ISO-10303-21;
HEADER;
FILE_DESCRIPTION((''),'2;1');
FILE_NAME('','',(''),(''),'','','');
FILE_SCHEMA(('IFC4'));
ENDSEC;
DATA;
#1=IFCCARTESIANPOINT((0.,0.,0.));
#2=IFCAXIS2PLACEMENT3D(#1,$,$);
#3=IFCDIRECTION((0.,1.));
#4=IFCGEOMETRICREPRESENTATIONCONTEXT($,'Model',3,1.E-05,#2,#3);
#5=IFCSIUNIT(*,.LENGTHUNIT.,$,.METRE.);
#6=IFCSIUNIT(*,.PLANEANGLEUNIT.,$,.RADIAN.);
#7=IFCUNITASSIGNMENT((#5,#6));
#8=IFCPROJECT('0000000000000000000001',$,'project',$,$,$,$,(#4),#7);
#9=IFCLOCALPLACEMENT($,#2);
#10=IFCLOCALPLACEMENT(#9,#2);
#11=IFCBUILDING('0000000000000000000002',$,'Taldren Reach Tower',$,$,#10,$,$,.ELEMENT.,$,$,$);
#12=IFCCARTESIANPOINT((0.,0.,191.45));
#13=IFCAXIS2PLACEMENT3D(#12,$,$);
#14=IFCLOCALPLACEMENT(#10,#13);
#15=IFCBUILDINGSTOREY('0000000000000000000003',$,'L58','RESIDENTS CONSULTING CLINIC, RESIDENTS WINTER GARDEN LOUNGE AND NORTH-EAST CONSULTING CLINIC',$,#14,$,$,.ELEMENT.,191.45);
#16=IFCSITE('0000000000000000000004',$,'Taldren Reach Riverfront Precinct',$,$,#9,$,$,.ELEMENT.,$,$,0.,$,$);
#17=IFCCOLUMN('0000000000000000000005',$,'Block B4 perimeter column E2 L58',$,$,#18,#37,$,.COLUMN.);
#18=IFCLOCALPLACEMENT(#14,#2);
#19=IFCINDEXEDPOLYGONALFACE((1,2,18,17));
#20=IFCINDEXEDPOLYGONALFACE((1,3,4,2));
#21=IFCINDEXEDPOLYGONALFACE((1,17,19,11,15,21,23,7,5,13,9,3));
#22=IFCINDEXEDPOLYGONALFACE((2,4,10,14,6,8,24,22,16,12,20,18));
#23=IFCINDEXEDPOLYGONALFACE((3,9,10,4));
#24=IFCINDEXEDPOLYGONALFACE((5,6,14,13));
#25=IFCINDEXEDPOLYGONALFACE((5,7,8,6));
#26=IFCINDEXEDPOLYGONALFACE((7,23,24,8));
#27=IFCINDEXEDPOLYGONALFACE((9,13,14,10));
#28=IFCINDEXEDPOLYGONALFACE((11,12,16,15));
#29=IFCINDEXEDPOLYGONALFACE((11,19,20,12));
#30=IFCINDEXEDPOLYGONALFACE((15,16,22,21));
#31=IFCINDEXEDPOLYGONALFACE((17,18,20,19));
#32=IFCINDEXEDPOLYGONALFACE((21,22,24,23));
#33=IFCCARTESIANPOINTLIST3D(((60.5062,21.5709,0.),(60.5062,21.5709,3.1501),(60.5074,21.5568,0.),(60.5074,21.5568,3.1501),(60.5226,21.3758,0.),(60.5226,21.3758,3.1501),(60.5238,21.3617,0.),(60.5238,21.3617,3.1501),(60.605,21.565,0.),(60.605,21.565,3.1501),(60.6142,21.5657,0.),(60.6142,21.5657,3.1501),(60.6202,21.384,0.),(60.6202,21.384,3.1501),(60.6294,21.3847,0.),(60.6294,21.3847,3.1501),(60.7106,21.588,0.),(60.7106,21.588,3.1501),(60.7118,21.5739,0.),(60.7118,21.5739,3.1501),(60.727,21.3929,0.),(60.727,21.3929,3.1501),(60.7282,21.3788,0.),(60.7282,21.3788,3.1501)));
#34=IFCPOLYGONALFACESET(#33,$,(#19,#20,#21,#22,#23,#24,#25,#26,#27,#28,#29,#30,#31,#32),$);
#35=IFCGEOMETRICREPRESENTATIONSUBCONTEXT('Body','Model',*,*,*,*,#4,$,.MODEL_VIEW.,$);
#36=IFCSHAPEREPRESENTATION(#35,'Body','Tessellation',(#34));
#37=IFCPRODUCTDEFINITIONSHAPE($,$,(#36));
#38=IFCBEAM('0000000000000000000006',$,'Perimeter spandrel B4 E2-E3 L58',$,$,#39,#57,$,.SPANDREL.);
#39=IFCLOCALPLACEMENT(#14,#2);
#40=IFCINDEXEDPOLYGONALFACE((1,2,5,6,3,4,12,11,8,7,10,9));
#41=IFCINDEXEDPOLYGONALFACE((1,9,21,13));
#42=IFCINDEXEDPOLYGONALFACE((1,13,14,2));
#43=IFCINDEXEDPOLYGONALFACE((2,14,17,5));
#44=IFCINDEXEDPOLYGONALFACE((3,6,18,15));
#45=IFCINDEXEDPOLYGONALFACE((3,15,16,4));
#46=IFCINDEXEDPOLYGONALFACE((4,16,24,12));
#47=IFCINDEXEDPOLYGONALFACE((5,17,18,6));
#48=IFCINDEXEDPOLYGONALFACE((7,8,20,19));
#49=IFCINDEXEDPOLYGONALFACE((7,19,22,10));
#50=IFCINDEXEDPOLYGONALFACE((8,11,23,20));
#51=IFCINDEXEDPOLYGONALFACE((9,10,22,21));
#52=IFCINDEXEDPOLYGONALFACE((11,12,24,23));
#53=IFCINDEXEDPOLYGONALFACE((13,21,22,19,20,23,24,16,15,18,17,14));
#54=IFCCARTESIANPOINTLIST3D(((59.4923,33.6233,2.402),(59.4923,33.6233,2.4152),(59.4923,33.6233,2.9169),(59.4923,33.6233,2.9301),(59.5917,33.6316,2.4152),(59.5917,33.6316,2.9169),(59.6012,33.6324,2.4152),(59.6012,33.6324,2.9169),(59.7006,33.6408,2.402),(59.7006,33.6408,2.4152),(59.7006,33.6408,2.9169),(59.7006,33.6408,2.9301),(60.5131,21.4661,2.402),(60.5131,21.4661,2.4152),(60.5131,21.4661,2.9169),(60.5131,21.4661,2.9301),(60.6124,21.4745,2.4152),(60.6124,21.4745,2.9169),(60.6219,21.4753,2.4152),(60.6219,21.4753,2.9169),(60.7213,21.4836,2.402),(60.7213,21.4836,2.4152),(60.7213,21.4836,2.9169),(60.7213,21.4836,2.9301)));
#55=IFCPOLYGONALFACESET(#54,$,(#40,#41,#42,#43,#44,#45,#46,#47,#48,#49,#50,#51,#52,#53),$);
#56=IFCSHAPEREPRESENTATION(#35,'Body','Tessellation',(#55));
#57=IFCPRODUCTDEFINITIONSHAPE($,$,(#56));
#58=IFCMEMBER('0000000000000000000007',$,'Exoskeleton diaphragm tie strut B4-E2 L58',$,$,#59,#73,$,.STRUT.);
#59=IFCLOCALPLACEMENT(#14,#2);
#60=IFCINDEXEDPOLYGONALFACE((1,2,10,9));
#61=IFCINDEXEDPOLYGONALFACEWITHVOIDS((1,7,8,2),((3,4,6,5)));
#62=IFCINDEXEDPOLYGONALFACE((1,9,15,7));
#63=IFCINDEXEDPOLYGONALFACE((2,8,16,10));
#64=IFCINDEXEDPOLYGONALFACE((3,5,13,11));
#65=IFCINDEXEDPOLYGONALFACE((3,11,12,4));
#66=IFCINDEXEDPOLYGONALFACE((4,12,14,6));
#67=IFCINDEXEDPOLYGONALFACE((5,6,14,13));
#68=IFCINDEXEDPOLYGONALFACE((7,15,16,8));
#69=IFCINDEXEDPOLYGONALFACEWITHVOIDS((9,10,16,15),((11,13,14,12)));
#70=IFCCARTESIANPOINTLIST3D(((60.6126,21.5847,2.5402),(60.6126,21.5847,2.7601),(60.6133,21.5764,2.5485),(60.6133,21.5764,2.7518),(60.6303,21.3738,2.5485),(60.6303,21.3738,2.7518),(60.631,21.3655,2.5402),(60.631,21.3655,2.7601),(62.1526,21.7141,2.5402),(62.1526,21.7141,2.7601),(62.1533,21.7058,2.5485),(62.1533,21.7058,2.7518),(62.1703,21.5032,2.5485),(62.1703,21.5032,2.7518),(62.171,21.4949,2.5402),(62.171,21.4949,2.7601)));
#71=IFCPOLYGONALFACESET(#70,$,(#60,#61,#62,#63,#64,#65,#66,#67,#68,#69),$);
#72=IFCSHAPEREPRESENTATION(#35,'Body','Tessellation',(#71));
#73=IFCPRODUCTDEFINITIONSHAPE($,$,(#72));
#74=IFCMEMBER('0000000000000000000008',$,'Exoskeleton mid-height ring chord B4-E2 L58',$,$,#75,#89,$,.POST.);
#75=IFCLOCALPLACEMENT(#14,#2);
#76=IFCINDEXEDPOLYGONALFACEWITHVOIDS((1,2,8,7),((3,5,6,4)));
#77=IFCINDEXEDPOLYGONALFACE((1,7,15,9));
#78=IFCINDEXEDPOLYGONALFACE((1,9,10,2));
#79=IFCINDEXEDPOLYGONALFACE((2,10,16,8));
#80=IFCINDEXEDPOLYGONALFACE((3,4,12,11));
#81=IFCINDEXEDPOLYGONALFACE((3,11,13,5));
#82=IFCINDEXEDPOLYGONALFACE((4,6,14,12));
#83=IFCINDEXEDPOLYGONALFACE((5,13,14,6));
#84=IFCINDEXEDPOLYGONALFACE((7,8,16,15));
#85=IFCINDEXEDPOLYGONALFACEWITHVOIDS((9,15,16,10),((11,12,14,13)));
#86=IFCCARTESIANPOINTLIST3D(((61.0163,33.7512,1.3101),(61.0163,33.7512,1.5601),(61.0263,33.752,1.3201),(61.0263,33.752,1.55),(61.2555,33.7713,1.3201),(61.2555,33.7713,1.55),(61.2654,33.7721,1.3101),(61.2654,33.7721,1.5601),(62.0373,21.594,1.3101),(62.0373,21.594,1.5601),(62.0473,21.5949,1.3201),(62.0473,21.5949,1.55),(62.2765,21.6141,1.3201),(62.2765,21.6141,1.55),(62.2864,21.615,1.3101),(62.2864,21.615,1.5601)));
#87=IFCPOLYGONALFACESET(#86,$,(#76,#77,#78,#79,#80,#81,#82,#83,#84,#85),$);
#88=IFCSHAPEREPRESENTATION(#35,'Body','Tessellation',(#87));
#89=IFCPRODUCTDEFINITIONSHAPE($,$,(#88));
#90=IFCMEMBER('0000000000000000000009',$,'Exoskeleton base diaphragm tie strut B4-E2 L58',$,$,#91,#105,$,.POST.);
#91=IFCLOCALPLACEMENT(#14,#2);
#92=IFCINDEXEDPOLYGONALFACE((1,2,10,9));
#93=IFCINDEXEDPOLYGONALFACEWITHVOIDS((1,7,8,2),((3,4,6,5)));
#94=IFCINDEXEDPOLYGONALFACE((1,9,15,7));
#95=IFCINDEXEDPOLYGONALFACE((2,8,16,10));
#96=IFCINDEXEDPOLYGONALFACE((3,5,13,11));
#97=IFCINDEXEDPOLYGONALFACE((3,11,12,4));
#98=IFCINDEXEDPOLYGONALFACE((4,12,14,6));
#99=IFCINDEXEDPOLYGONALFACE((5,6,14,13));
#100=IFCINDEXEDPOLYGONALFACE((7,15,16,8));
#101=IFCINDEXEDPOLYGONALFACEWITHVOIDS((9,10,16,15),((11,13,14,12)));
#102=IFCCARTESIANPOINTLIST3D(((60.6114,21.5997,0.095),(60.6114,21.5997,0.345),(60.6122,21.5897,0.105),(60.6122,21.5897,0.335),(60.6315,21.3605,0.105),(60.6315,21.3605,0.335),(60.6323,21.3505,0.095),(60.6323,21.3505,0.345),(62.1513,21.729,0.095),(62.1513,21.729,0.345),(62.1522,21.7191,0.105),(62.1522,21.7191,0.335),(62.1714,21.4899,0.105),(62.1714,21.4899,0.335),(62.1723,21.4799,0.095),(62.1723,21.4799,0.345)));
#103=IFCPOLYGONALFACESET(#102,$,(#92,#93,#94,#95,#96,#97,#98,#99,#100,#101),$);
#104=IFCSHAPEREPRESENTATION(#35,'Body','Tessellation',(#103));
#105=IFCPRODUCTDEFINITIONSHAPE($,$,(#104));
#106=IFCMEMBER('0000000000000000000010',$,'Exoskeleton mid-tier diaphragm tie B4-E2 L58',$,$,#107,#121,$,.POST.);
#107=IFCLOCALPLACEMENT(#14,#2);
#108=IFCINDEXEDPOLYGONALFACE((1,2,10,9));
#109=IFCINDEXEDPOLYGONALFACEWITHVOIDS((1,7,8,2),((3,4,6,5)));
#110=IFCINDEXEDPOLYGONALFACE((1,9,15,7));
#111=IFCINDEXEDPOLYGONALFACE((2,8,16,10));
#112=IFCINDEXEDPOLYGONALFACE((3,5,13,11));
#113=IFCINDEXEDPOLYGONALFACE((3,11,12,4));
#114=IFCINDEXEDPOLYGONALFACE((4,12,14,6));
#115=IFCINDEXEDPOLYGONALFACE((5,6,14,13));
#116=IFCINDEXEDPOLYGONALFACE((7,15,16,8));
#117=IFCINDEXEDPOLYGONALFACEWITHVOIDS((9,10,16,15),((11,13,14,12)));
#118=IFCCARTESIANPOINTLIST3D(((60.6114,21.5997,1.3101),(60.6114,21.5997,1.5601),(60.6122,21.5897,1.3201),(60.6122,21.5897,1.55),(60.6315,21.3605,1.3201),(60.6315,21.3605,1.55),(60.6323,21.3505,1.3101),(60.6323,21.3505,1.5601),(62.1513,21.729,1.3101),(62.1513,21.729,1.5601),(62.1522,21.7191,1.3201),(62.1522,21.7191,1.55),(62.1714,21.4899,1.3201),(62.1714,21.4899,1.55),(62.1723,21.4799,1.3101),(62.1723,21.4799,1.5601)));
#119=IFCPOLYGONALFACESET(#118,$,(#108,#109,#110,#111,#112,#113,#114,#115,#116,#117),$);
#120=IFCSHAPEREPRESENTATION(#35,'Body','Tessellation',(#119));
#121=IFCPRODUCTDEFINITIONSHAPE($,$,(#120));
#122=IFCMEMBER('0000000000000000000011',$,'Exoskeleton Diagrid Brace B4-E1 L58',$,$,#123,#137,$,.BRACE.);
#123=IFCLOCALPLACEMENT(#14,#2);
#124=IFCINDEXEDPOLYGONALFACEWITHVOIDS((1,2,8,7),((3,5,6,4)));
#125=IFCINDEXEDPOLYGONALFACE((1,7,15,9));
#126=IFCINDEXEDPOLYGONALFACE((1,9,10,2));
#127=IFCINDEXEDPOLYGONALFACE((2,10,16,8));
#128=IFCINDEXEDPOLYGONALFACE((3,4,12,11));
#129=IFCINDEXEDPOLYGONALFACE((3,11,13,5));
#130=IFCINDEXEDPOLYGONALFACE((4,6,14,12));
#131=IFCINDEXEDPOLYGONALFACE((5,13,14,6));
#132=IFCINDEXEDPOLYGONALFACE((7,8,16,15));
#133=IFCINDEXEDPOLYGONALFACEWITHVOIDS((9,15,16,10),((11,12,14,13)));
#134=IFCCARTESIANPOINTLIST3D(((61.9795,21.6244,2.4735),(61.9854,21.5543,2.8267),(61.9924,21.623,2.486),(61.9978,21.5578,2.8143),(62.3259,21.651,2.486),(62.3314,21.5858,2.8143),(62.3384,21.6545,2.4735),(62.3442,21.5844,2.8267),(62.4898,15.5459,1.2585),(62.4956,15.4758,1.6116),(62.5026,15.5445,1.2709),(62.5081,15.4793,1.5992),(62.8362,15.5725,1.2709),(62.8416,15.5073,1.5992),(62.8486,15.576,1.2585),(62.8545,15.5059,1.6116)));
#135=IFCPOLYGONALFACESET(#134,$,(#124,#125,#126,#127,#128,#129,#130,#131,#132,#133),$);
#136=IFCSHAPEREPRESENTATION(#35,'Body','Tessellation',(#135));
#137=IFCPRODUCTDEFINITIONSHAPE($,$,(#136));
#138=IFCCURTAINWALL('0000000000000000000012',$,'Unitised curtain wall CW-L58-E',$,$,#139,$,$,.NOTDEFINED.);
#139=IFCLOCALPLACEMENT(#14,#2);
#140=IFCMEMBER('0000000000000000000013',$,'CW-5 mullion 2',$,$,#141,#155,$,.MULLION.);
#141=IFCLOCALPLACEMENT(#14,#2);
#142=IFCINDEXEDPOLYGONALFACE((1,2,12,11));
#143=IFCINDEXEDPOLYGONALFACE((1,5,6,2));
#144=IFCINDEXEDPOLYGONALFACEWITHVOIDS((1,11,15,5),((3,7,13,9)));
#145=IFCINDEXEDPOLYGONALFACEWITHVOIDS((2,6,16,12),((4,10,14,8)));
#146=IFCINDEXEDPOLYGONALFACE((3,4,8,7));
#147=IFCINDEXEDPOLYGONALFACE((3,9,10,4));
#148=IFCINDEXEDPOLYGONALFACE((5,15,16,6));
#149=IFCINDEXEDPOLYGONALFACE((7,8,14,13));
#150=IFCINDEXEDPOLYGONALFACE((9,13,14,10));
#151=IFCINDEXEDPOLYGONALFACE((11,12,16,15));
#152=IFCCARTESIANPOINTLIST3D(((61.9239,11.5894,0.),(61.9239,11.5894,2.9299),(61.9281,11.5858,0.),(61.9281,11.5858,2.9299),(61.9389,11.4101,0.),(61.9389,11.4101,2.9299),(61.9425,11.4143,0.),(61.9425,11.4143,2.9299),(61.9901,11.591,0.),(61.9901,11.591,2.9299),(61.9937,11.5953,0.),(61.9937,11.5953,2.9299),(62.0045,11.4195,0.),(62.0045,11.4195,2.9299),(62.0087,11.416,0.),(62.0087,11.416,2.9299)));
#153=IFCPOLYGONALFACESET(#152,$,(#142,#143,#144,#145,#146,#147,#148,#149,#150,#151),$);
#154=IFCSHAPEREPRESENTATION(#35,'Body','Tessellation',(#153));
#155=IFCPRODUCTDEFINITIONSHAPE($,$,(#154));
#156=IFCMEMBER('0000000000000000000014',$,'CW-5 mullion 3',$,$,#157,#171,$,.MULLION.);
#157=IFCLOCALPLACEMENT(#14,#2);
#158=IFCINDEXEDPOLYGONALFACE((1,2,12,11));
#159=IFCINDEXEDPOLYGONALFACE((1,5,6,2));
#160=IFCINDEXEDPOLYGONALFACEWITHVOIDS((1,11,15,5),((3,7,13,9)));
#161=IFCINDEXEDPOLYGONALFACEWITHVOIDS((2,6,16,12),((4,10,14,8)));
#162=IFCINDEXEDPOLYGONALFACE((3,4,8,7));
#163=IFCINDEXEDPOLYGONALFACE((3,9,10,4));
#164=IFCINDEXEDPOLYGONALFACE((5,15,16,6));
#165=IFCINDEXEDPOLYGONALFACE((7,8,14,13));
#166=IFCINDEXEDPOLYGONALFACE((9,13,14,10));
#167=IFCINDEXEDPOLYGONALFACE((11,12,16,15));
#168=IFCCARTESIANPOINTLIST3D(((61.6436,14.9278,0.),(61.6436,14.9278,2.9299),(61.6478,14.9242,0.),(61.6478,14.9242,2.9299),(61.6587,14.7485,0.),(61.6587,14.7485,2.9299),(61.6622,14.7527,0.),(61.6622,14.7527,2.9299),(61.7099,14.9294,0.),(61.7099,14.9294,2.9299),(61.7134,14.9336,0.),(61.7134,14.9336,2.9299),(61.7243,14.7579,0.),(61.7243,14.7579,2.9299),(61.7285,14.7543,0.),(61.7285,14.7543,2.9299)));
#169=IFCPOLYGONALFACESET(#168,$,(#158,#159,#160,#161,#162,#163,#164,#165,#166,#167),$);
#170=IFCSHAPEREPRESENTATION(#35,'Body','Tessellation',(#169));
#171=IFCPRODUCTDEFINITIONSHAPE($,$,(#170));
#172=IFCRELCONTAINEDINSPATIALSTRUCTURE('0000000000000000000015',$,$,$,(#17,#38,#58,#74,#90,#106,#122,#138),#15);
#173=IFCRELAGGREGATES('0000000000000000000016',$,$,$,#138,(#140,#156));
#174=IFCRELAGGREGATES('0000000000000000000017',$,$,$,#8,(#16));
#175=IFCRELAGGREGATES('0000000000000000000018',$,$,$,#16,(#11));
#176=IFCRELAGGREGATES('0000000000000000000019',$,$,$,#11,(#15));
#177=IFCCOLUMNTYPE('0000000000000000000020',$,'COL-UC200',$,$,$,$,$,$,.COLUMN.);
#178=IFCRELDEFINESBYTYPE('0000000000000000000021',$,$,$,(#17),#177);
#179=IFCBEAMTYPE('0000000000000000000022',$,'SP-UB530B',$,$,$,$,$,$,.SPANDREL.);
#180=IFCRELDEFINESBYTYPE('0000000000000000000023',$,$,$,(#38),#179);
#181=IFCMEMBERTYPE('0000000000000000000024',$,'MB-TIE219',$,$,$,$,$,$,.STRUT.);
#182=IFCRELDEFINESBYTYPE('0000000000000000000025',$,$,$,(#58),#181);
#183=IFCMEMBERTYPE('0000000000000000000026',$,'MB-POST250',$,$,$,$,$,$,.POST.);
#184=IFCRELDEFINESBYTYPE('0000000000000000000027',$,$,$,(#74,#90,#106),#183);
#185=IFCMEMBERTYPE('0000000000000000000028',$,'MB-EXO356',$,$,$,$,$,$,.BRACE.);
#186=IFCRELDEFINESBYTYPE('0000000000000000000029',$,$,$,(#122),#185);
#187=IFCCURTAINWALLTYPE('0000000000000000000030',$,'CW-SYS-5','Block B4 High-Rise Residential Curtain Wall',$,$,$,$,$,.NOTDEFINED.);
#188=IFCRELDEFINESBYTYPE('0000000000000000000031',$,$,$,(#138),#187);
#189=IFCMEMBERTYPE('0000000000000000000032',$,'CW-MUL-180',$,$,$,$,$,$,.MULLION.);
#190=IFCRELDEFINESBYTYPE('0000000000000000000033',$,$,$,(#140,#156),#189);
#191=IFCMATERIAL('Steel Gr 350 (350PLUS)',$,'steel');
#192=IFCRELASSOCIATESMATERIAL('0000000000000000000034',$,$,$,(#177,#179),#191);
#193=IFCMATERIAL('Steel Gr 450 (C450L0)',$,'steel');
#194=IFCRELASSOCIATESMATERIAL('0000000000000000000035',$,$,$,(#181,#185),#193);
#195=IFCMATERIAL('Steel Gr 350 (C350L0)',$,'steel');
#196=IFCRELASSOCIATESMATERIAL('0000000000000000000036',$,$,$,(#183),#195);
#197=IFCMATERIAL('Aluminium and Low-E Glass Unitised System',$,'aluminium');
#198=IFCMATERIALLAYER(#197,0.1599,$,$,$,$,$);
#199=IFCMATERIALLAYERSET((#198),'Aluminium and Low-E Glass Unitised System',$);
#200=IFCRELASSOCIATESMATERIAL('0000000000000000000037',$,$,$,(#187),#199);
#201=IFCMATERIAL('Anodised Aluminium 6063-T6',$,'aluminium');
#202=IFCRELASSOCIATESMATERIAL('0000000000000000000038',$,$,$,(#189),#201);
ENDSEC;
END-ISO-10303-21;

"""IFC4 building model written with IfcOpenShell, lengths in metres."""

from ifc_helpers import new_model, si_unit, direction, frame, origin, origin_2d, place, context, subcontext, project, spatial, hollow_rectangle, i_section, extrude, source, transform, mapped, material, layer, layer_set, material_profile, profile_set, type_object, element, aggregate, save


model = new_model("IFC4")

# Units and contexts
model_context = context("Model", 3, precision=1e-05, world=origin(), true_north=direction((0.0, 1.0)))
body_context = subcontext(model_context, "Body", "Model", "MODEL_VIEW")
ifc_project = project(units=[si_unit("LENGTHUNIT", "METRE"), si_unit("PLANEANGLEUNIT", "RADIAN")], contexts=[model_context])

# Site, building, storey
site_placement = place(None, origin())
site = spatial("IfcSite", under=ifc_project, at=site_placement, Name="Taldren Reach Riverfront Precinct", CompositionType="ELEMENT", RefElevation=0.0)
building_placement = place(site_placement, origin())
building = spatial("IfcBuilding", under=site, at=building_placement, Name="Taldren Reach Tower", CompositionType="ELEMENT")
storey_placement = place(building_placement, frame((0.0, 0.0, 191.45)))
storey = spatial("IfcBuildingStorey", under=building, at=storey_placement, Name="L58", Description="RESIDENTS CONSULTING CLINIC, RESIDENTS WINTER GARDEN LOUNGE AND NORTH-EAST CONSULTING CLINIC", CompositionType="ELEMENT", Elevation=191.45)

# Column
ifc_material_1 = material(Name="Steel Gr 350 (350PLUS)", Category="steel")
ifc_material_profile_1 = material_profile(ifc_material_1, i_section(OverallWidth=0.2051, OverallDepth=0.21, WebThickness=0.0093, FlangeThickness=0.0142, at=origin_2d()), Name="200UC59.5")
ifc_profile_set_1 = profile_set([ifc_material_profile_1], Name="Steel Gr 350 (350PLUS)")
column_type = type_object("IfcColumnType", Name="COL-UC200", PredefinedType="COLUMN", material=ifc_profile_set_1)
shared_shape_1 = source(origin(), body_context, "Body", "SweptSolid", [
    extrude(i_section(OverallWidth=0.2051, OverallDepth=0.21, WebThickness=0.0093, FlangeThickness=0.0142, at=origin_2d()), origin(), (0.0, 0.0, 1.0), 3.1501),
])
column_placement = place(storey_placement, frame((60.6172, 21.4749, 0.0), z_axis=(0.0, 0.0, 1.0), x_axis=(0.996493, 0.083678, 0.0)))
element("IfcColumn", 1, at=column_placement, inside=storey, type_object=column_type, Name="Block B4 perimeter column E2 L58", PredefinedType="COLUMN", context=body_context, shape_type="MappedRepresentation", body=[
    mapped(shared_shape_1, transform((0.0, 0.0, 0.0), scale=1.0)),
])

# Beam
ifc_material_profile_2 = material_profile(ifc_material_1, i_section(OverallWidth=0.209, OverallDepth=0.5281, WebThickness=0.0095, FlangeThickness=0.0132, at=origin_2d()), Name="530UB82.0")
ifc_profile_set_2 = profile_set([ifc_material_profile_2], Name="Steel Gr 350 (350PLUS)")
beam_type = type_object("IfcBeamType", Name="SP-UB530B", PredefinedType="SPANDREL", material=ifc_profile_set_2)
shared_shape_2 = source(origin(), body_context, "Body", "SweptSolid", [
    extrude(i_section(OverallWidth=0.209, OverallDepth=0.5281, WebThickness=0.0095, FlangeThickness=0.0132, at=origin_2d()), origin(), (0.0, 0.0, 1.0), 12.2),
])
beam_placement = place(storey_placement, frame((60.6172, 21.4749, 2.666), z_axis=(-0.083668, 0.996494, 0.0), x_axis=(-0.996494, -0.083668, 0.0)))
element("IfcBeam", 2, at=beam_placement, inside=storey, type_object=beam_type, Name="Perimeter spandrel B4 E2-E3 L58", PredefinedType="SPANDREL", context=body_context, shape_type="MappedRepresentation", body=[
    mapped(shared_shape_2, transform((0.0, 0.0, 0.0), scale=1.0)),
])

# Members
ifc_material_2 = material(Name="Steel Gr 450 (C450L0)", Category="steel")
ifc_material_profile_3 = material_profile(ifc_material_2, hollow_rectangle(XDim=0.22, YDim=0.22, WallThickness=0.0083, at=origin_2d()), Name="220x220x8.2SHS")
ifc_profile_set_3 = profile_set([ifc_material_profile_3], Name="Steel Gr 450 (C450L0)")
member_type_1 = type_object("IfcMemberType", Name="MB-TIE219", PredefinedType="STRUT", material=ifc_profile_set_3)
shared_shape_3 = source(origin(), body_context, "Body", "SweptSolid", [
    extrude(hollow_rectangle(XDim=0.22, YDim=0.22, WallThickness=0.0083, at=origin_2d()), origin(), (0.0, 0.0, 1.0), 1.5454),
])
member_1_placement = place(storey_placement, frame((60.6218, 21.4751, 2.6501), z_axis=(0.996489, 0.083725, 0.0), x_axis=(-0.083725, 0.996489, 0.0)))
element("IfcMember", 3, at=member_1_placement, inside=storey, type_object=member_type_1, Name="Exoskeleton diaphragm tie strut B4-E2 L58", PredefinedType="STRUT", context=body_context, shape_type="MappedRepresentation", body=[
    mapped(shared_shape_3, transform((0.0, 0.0, 0.0), scale=1.0)),
])
ifc_material_3 = material(Name="Steel Gr 350 (C350L0)", Category="steel")
ifc_material_profile_4 = material_profile(ifc_material_3, hollow_rectangle(XDim=0.25, YDim=0.25, WallThickness=0.01, at=origin_2d()), Name="250x250x10.0SHS")
ifc_profile_set_4 = profile_set([ifc_material_profile_4], Name="Steel Gr 350 (C350L0)")
member_type_2 = type_object("IfcMemberType", Name="MB-POST250", PredefinedType="POST", material=ifc_profile_set_4)
shared_shape_4 = source(origin(), body_context, "Body", "SweptSolid", [
    extrude(hollow_rectangle(XDim=0.25, YDim=0.25, WallThickness=0.01, at=origin_2d()), origin(), (0.0, 0.0, 1.0), 12.2),
])
member_2_placement = place(storey_placement, frame((62.1619, 21.6045, 1.4351), z_axis=(-0.083688, 0.996492, 0.0), x_axis=(-0.996492, -0.083688, 0.0)))
element("IfcMember", 4, at=member_2_placement, inside=storey, type_object=member_type_2, Name="Exoskeleton mid-height ring chord B4-E2 L58", PredefinedType="POST", context=body_context, shape_type="MappedRepresentation", body=[
    mapped(shared_shape_4, transform((0.0, 0.0, 0.0), scale=1.0)),
])
shared_shape_5 = source(origin(), body_context, "Body", "SweptSolid", [
    extrude(hollow_rectangle(XDim=0.25, YDim=0.25, WallThickness=0.01, at=origin_2d()), origin(), (0.0, 0.0, 1.0), 1.5454),
])
for number, where, z_axis, x_axis, name in (
    (5, (60.6218, 21.4751, 0.22), (0.996489, 0.083725, 0.0), (-0.083725, 0.996489, 0.0), "Exoskeleton base diaphragm tie strut B4-E2 L58"),
    (6, (60.6218, 21.4751, 1.4351), (0.996489, 0.083725, 0.0), (-0.083725, 0.996489, 0.0), "Exoskeleton mid-tier diaphragm tie B4-E2 L58"),
):
    element("IfcMember", number, at=place(storey_placement, frame(where, z_axis=z_axis, x_axis=x_axis)), inside=storey, type_object=member_type_2, Name=name, PredefinedType="POST", context=body_context, shape_type="MappedRepresentation", body=[
        mapped(shared_shape_5, transform((0.0, 0.0, 0.0), scale=1.0)),
    ])
ifc_material_profile_5 = material_profile(ifc_material_2, hollow_rectangle(XDim=0.3601, YDim=0.3601, WallThickness=0.0127, at=origin_2d()), Name="360x360x12.7SHS")
ifc_profile_set_5 = profile_set([ifc_material_profile_5], Name="Steel Gr 450 (C450L0)")
member_type_3 = type_object("IfcMemberType", Name="MB-EXO356", PredefinedType="BRACE", material=ifc_profile_set_5)
shared_shape_6 = source(origin(), body_context, "Body", "SweptSolid", [
    extrude(hollow_rectangle(XDim=0.3601, YDim=0.3601, WallThickness=0.0127, at=origin_2d()), origin(), (0.0, 0.0, 1.0), 6.2197),
])
member_3_placement = place(storey_placement, frame((62.6721, 15.5259, 1.4351), z_axis=(-0.082037, 0.977295, 0.195357), x_axis=(-0.996495, -0.083648, 0.0)))
element("IfcMember", 7, at=member_3_placement, inside=storey, type_object=member_type_3, Name="Exoskeleton Diagrid Brace B4-E1 L58", PredefinedType="BRACE", context=body_context, shape_type="MappedRepresentation", body=[
    mapped(shared_shape_6, transform((0.0, 0.0, 0.0), scale=1.0)),
])

# Curtain wall, members
ifc_material_4 = material(Name="Aluminium and Low-E Glass Unitised System", Category="aluminium")
ifc_layer_1 = layer(ifc_material_4, 0.1599)
ifc_layer_set_1 = layer_set([ifc_layer_1], Name="Aluminium and Low-E Glass Unitised System")
curtain_wall_type = type_object("IfcCurtainWallType", Name="CW-SYS-5", Description="Block B4 High-Rise Residential Curtain Wall", PredefinedType="NOTDEFINED", material=ifc_layer_set_1)
curtain_wall_placement = place(storey_placement, origin())
curtain_wall = element("IfcCurtainWall", 8, at=curtain_wall_placement, inside=storey, type_object=curtain_wall_type, Name="Unitised curtain wall CW-L58-E", PredefinedType="NOTDEFINED")
ifc_material_5 = material(Name="Anodised Aluminium 6063-T6", Category="aluminium")
ifc_material_profile_6 = material_profile(ifc_material_5, hollow_rectangle(XDim=0.0701, YDim=0.1799, WallThickness=0.0039, at=origin_2d()), Name="ALU-180x70x4RHS")
ifc_profile_set_6 = profile_set([ifc_material_profile_6], Name="Anodised Aluminium 6063-T6")
member_type_4 = type_object("IfcMemberType", Name="CW-MUL-180", PredefinedType="MULLION", material=ifc_profile_set_6)
shared_shape_7 = source(origin(), body_context, "Body", "SweptSolid", [
    extrude(hollow_rectangle(XDim=0.0701, YDim=0.1799, WallThickness=0.0039, at=origin_2d()), origin(), (0.0, 0.0, 1.0), 2.9299),
])
member_4_placement = place(storey_placement, frame((61.9663, 11.5027, 0.0), z_axis=(0.0, 0.0, 1.0), x_axis=(-0.996493, -0.083678, 0.0)))
member_4 = element("IfcMember", 9, at=member_4_placement, type_object=member_type_4, Name="CW-5 mullion 2", PredefinedType="MULLION", context=body_context, shape_type="MappedRepresentation", body=[
    mapped(shared_shape_7, transform((0.0, 0.0, 0.0), scale=1.0)),
])
member_5_placement = place(storey_placement, frame((61.686, 14.8411, 0.0), z_axis=(0.0, 0.0, 1.0), x_axis=(-0.996493, -0.083678, 0.0)))
member_5 = element("IfcMember", 10, at=member_5_placement, type_object=member_type_4, Name="CW-5 mullion 3", PredefinedType="MULLION", context=body_context, shape_type="MappedRepresentation", body=[
    mapped(shared_shape_7, transform((0.0, 0.0, 0.0), scale=1.0)),
])

aggregate(curtain_wall, [member_4, member_5])

save(model, "model.ifc")
